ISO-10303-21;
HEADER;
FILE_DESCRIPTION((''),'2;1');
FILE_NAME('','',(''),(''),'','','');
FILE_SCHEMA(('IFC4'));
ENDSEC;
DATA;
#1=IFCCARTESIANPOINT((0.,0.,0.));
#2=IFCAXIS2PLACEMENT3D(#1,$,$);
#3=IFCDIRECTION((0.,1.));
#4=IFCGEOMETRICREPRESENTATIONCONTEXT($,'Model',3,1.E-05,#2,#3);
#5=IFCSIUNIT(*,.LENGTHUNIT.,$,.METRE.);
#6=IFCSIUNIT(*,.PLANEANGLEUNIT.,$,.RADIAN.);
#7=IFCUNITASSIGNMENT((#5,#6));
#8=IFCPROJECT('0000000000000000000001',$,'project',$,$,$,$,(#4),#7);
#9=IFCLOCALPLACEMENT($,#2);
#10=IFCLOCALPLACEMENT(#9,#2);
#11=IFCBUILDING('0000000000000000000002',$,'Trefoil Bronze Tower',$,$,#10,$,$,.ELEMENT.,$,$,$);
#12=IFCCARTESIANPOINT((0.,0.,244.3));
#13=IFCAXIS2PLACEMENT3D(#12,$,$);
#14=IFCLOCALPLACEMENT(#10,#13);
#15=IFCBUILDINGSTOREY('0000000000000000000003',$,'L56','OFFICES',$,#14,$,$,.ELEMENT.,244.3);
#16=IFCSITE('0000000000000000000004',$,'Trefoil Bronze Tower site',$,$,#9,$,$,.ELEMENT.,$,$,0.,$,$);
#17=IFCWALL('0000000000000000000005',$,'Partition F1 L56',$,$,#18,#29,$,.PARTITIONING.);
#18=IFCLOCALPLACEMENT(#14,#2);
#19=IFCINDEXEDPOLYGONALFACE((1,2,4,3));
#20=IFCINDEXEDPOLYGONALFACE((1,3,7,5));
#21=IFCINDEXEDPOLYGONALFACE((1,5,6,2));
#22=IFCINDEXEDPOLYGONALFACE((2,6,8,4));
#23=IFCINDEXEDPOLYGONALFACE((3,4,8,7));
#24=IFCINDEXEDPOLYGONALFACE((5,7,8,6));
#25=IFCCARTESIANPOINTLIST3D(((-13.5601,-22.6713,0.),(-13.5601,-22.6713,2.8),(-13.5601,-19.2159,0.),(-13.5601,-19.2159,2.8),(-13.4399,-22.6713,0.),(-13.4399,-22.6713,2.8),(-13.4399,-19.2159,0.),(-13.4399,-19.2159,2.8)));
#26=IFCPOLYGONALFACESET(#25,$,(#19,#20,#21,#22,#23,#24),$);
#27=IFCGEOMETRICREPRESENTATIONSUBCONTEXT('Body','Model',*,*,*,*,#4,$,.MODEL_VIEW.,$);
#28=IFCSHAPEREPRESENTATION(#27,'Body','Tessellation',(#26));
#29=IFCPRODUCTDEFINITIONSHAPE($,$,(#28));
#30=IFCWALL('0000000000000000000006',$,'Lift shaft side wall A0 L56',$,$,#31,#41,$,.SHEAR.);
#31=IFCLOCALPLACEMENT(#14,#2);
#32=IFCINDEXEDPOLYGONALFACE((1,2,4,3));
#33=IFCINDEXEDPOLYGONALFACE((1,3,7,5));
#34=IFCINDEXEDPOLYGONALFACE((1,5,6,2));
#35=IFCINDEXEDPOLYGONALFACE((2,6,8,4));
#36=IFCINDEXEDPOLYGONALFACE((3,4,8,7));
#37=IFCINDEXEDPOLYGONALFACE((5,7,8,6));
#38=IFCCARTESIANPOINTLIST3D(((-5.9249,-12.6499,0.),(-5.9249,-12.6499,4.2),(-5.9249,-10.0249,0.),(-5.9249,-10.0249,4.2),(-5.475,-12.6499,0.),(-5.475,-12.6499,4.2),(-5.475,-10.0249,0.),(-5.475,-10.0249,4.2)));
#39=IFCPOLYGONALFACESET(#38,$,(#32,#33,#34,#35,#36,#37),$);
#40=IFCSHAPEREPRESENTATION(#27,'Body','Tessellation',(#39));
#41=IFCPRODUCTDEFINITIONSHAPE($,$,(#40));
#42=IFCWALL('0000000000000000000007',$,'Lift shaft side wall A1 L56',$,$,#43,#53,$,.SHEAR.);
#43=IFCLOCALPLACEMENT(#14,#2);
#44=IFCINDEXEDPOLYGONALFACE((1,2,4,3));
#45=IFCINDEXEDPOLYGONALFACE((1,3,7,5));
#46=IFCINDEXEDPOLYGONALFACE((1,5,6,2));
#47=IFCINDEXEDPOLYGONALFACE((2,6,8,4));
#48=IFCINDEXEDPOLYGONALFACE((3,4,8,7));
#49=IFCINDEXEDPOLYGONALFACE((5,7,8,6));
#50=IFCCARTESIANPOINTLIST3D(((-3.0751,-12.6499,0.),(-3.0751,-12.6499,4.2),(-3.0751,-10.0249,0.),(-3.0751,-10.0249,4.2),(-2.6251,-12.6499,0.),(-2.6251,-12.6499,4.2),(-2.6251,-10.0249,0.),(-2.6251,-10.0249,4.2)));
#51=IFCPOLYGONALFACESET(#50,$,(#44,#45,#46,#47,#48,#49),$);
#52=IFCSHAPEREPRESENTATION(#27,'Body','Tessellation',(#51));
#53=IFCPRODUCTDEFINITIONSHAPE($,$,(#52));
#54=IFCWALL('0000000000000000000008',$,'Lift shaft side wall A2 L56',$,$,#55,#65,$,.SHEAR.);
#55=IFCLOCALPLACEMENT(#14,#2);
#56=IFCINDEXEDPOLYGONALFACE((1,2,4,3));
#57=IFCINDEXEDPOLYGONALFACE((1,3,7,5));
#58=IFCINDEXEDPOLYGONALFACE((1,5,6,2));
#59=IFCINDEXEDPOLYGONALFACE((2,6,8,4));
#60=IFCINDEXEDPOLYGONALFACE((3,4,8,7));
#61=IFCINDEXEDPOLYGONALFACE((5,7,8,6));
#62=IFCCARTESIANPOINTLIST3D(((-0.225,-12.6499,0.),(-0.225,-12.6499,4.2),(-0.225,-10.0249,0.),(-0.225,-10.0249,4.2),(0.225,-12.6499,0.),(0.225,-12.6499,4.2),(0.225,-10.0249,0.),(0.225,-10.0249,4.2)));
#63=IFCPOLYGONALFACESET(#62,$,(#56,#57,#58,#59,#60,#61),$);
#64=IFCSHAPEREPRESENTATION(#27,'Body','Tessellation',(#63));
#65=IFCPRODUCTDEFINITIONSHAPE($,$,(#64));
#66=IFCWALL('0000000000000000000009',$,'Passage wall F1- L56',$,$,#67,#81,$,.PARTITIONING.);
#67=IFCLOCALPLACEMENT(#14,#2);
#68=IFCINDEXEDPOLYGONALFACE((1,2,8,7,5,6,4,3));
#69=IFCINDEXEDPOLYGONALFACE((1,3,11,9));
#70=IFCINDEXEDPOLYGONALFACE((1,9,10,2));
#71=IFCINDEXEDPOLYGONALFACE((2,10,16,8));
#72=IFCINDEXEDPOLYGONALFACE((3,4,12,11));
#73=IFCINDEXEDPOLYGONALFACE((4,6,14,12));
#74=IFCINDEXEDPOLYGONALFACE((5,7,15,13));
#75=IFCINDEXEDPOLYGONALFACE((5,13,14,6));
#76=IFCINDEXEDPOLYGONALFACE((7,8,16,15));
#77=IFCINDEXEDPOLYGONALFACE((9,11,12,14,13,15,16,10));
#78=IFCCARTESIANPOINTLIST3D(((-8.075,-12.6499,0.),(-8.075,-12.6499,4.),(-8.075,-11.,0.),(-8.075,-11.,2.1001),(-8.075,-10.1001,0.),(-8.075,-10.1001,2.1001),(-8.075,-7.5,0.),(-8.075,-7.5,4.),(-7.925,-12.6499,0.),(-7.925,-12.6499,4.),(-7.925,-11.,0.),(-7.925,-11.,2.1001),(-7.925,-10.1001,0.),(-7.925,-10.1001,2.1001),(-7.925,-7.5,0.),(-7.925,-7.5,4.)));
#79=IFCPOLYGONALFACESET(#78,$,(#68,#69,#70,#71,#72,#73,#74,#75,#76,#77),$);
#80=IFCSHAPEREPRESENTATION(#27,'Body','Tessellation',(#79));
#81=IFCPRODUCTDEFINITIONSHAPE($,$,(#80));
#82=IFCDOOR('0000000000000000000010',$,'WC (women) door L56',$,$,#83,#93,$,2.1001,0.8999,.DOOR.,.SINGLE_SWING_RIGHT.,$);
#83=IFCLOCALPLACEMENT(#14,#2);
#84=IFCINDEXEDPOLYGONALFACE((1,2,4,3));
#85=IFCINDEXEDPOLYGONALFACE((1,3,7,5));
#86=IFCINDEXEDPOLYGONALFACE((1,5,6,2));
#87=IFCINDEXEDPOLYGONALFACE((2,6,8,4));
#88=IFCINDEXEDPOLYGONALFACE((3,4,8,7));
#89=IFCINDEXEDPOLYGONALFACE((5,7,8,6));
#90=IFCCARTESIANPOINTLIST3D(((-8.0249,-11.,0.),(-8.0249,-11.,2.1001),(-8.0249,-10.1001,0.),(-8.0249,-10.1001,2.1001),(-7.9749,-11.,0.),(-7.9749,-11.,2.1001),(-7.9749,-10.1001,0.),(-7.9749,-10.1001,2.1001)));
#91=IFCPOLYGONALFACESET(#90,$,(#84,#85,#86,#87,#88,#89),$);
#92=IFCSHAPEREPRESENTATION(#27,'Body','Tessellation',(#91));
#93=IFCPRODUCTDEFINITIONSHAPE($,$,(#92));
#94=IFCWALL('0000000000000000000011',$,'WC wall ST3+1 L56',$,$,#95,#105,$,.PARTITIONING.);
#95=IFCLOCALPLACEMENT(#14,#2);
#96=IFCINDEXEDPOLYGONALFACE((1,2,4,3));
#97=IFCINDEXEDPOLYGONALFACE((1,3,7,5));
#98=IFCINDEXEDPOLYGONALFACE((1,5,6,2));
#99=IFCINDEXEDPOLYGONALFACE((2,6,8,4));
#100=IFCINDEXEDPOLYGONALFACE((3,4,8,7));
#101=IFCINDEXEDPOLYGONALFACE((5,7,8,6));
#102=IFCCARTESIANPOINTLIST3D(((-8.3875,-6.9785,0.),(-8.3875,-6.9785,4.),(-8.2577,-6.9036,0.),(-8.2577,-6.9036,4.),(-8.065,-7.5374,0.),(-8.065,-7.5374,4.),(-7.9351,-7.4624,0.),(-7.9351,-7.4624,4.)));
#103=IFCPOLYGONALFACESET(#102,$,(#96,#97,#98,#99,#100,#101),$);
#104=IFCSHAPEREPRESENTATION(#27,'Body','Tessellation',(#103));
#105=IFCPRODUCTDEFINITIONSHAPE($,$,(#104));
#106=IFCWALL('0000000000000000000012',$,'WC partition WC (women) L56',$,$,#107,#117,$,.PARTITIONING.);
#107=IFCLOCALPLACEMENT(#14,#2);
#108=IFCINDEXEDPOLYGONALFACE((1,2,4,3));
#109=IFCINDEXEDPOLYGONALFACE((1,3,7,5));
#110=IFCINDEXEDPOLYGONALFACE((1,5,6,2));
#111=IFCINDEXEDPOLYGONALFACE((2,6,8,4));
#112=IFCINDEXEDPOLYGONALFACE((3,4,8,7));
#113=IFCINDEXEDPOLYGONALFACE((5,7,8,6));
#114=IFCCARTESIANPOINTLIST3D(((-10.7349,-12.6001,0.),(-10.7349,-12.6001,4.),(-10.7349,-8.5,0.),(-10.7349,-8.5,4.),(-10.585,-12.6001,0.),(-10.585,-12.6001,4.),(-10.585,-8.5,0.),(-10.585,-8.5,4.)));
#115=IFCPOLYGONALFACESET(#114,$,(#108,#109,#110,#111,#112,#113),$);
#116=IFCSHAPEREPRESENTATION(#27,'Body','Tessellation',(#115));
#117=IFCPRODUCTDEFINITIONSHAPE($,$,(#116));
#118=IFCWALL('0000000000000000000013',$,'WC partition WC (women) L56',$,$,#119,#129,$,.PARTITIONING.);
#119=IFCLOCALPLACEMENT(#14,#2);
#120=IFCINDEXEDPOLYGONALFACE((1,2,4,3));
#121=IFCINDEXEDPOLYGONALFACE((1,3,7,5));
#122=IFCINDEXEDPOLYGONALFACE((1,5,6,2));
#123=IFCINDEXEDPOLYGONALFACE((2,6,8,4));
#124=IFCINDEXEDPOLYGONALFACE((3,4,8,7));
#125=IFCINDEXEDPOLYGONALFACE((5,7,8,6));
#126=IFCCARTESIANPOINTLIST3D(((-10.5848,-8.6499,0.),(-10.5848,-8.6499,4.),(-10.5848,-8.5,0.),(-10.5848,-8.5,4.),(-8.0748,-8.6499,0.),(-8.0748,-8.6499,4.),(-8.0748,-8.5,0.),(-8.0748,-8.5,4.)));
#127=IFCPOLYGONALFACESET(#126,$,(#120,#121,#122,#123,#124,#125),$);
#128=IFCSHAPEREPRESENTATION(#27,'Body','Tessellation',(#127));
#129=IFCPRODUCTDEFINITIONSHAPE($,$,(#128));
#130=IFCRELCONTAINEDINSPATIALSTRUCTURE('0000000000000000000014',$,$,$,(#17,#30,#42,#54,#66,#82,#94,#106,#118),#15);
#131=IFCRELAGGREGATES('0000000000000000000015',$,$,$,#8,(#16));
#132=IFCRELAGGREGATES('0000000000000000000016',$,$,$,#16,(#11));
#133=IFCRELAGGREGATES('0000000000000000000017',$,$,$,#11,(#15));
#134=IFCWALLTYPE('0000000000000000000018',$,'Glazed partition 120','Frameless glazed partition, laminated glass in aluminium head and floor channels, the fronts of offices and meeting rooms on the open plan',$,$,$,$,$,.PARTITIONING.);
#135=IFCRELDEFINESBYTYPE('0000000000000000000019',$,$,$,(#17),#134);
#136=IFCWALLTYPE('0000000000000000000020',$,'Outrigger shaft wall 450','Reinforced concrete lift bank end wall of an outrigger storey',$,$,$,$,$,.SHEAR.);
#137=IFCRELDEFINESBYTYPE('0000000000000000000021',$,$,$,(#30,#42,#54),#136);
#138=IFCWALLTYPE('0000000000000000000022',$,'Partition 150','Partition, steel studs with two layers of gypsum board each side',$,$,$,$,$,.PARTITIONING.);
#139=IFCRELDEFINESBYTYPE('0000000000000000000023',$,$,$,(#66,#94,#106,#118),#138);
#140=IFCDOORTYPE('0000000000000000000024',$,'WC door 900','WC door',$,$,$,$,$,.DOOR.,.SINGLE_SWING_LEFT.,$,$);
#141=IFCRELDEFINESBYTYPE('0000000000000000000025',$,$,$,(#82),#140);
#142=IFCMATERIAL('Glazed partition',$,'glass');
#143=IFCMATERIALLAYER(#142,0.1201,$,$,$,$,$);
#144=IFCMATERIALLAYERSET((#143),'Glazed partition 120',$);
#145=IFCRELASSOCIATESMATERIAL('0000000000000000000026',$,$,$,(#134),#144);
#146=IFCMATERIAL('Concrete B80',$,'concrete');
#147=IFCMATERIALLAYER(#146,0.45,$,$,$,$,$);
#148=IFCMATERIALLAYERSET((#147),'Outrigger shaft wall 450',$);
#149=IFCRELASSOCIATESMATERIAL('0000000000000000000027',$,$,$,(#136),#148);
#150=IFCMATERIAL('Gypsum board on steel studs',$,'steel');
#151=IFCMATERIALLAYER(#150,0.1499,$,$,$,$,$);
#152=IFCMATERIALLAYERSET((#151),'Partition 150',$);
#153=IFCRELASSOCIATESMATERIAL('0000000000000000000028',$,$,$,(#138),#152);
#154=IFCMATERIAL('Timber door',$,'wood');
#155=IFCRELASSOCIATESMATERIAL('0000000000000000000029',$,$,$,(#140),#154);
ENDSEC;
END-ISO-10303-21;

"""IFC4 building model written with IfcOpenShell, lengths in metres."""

from ifc_helpers import new_model, si_unit, direction, frame, frame_2d, origin, place, context, subcontext, project, spatial, rectangle, extrude, material, layer, layer_set, type_object, element, fill, save


model = new_model("IFC4")

# Units and contexts
model_context = context("Model", 3, precision=1e-05, world=origin(), true_north=direction((0.0, 1.0)))
body_context = subcontext(model_context, "Body", "Model", "MODEL_VIEW")
ifc_project = project(units=[si_unit("LENGTHUNIT", "METRE"), si_unit("PLANEANGLEUNIT", "RADIAN")], contexts=[model_context])

# Site, building, storey
site_placement = place(None, origin())
site = spatial("IfcSite", under=ifc_project, at=site_placement, Name="Trefoil Bronze Tower site", CompositionType="ELEMENT", RefElevation=0.0)
building_placement = place(site_placement, origin())
building = spatial("IfcBuilding", under=site, at=building_placement, Name="Trefoil Bronze Tower", CompositionType="ELEMENT")
storey_placement = place(building_placement, frame((0.0, 0.0, 244.3)))
storey = spatial("IfcBuildingStorey", under=building, at=storey_placement, Name="L56", Description="OFFICES", CompositionType="ELEMENT", Elevation=244.3)

# Walls
ifc_material_1 = material(Name="Glazed partition", Category="glass")
ifc_layer_1 = layer(ifc_material_1, 0.1201)
ifc_layer_set_1 = layer_set([ifc_layer_1], Name="Glazed partition 120")
wall_type_1 = type_object("IfcWallType", Name="Glazed partition 120", Description="Frameless glazed partition, laminated glass in aluminium head and floor channels, the fronts of offices and meeting rooms on the open plan", PredefinedType="PARTITIONING", material=ifc_layer_set_1)
wall_1_placement = place(storey_placement, frame((-13.5, -19.2161, 0.0), z_axis=(0.0, 0.0, 1.0), x_axis=(0.0, -1.0, 0.0)))
element("IfcWall", 1, at=wall_1_placement, inside=storey, type_object=wall_type_1, Name="Partition F1 L56", PredefinedType="PARTITIONING", context=body_context, shape_type="SweptSolid", body=[
    extrude(rectangle(XDim=3.4553, YDim=0.1201, at=frame_2d((1.7275, 0.0))), origin(), (0.0, 0.0, 1.0), 2.8),
])
ifc_material_2 = material(Name="Concrete B80", Category="concrete")
ifc_layer_2 = layer(ifc_material_2, 0.45)
ifc_layer_set_2 = layer_set([ifc_layer_2], Name="Outrigger shaft wall 450")
wall_type_2 = type_object("IfcWallType", Name="Outrigger shaft wall 450", Description="Reinforced concrete lift bank end wall of an outrigger storey", PredefinedType="SHEAR", material=ifc_layer_set_2)
for number, where, z_axis, x_axis, name in (
    (2, (-5.7, -10.0249, 0.0), (0.0, 0.0, 1.0), (0.0, -1.0, 0.0), "Lift shaft side wall A0 L56"),
    (3, (-2.8501, -10.0249, 0.0), (0.0, 0.0, 1.0), (0.0, -1.0, 0.0), "Lift shaft side wall A1 L56"),
    (4, (0.0, -10.0249, 0.0), (0.0, 0.0, 1.0), (0.0, -1.0, 0.0), "Lift shaft side wall A2 L56"),
):
    element("IfcWall", number, at=place(storey_placement, frame(where, z_axis=z_axis, x_axis=x_axis)), inside=storey, type_object=wall_type_2, Name=name, PredefinedType="SHEAR", context=body_context, shape_type="SweptSolid", body=[
        extrude(rectangle(XDim=2.625, YDim=0.45, at=frame_2d((1.3125, 0.0))), origin(), (0.0, 0.0, 1.0), 4.2),
    ])

# Wall, opening, door
ifc_material_3 = material(Name="Gypsum board on steel studs", Category="steel")
ifc_layer_3 = layer(ifc_material_3, 0.1499)
ifc_layer_set_3 = layer_set([ifc_layer_3], Name="Partition 150")
wall_type_3 = type_object("IfcWallType", Name="Partition 150", Description="Partition, steel studs with two layers of gypsum board each side", PredefinedType="PARTITIONING", material=ifc_layer_set_3)
wall_2_placement = place(storey_placement, frame((-8.0, -7.5, 0.0), z_axis=(0.0, 0.0, 1.0), x_axis=(0.0, -1.0, 0.0)))
wall_2 = element("IfcWall", 5, at=wall_2_placement, inside=storey, type_object=wall_type_3, Name="Passage wall F1- L56", PredefinedType="PARTITIONING", context=body_context, shape_type="SweptSolid", body=[
    extrude(rectangle(XDim=5.1499, YDim=0.1499, at=frame_2d((2.575, 0.0))), origin(), (0.0, 0.0, 1.0), 4.0),
])
opening_1_placement = place(wall_2_placement, frame((2.6001, 0.0, 0.0)))
opening_1 = element("IfcOpeningElement", 6, at=opening_1_placement, cuts=wall_2, PredefinedType="OPENING", context=body_context, shape_type="SweptSolid", body=[
    extrude(rectangle(XDim=0.8999, YDim=2.1001, at=frame_2d((0.45, 1.05))), frame((0.0, 0.085, 0.0), z_axis=(0.0, -1.0, 0.0), x_axis=(1.0, 0.0, 0.0)), (0.0, 0.0, 1.0), 0.1699),
])
ifc_material_4 = material(Name="Timber door", Category="wood")
door_type_1 = type_object("IfcDoorType", Name="WC door 900", Description="WC door", OperationType="SINGLE_SWING_LEFT", PredefinedType="DOOR", material=ifc_material_4)
door_1_placement = place(opening_1_placement, frame((0.8999, 0.0, 0.0), z_axis=(0.0, 0.0, 1.0), x_axis=(-1.0, 0.0, 0.0)))
door_1 = element("IfcDoor", 7, at=door_1_placement, inside=storey, type_object=door_type_1, Name="WC (women) door L56", OperationType="SINGLE_SWING_RIGHT", OverallHeight=2.1001, OverallWidth=0.8999, PredefinedType="DOOR", context=body_context, shape_type="SweptSolid", body=[
    extrude(rectangle(XDim=0.8999, YDim=2.1001, at=frame_2d((0.45, 1.05))), frame((0.0, 0.0249, 0.0), z_axis=(0.0, -1.0, 0.0), x_axis=(1.0, 0.0, 0.0)), (0.0, 0.0, 1.0), 0.05),
])
fill(opening_1, door_1)

# Walls
wall_3_placement = place(storey_placement, frame((-8.0, -7.5, 0.0), z_axis=(0.0, 0.0, 1.0), x_axis=(-0.499843, 0.866116, 0.0)))
element("IfcWall", 8, at=wall_3_placement, inside=storey, type_object=wall_type_3, Name="WC wall ST3+1 L56", PredefinedType="PARTITIONING", context=body_context, shape_type="SweptSolid", body=[
    extrude(rectangle(XDim=0.6453, YDim=0.1499, at=frame_2d((0.3228, 0.0))), origin(), (0.0, 0.0, 1.0), 4.0),
])
wall_4_placement = place(storey_placement, frame((-10.6599, -8.5, 0.0), z_axis=(0.0, 0.0, 1.0), x_axis=(0.0, -1.0, 0.0)))
element("IfcWall", 9, at=wall_4_placement, inside=storey, type_object=wall_type_3, Name="WC partition WC (women) L56", PredefinedType="PARTITIONING", context=body_context, shape_type="SweptSolid", body=[
    extrude(rectangle(XDim=4.1001, YDim=0.1499, at=frame_2d((2.05, 0.0))), origin(), (0.0, 0.0, 1.0), 4.0),
])
wall_5_placement = place(storey_placement, frame((-8.075, -8.575, 0.0), z_axis=(0.0, 0.0, 1.0), x_axis=(-1.0, 0.0, 0.0)))
element("IfcWall", 10, at=wall_5_placement, inside=storey, type_object=wall_type_3, Name="WC partition WC (women) L56", PredefinedType="PARTITIONING", context=body_context, shape_type="SweptSolid", body=[
    extrude(rectangle(XDim=2.51, YDim=0.1499, at=frame_2d((1.2549, 0.0))), origin(), (0.0, 0.0, 1.0), 4.0),
])

save(model, "model.ifc")
